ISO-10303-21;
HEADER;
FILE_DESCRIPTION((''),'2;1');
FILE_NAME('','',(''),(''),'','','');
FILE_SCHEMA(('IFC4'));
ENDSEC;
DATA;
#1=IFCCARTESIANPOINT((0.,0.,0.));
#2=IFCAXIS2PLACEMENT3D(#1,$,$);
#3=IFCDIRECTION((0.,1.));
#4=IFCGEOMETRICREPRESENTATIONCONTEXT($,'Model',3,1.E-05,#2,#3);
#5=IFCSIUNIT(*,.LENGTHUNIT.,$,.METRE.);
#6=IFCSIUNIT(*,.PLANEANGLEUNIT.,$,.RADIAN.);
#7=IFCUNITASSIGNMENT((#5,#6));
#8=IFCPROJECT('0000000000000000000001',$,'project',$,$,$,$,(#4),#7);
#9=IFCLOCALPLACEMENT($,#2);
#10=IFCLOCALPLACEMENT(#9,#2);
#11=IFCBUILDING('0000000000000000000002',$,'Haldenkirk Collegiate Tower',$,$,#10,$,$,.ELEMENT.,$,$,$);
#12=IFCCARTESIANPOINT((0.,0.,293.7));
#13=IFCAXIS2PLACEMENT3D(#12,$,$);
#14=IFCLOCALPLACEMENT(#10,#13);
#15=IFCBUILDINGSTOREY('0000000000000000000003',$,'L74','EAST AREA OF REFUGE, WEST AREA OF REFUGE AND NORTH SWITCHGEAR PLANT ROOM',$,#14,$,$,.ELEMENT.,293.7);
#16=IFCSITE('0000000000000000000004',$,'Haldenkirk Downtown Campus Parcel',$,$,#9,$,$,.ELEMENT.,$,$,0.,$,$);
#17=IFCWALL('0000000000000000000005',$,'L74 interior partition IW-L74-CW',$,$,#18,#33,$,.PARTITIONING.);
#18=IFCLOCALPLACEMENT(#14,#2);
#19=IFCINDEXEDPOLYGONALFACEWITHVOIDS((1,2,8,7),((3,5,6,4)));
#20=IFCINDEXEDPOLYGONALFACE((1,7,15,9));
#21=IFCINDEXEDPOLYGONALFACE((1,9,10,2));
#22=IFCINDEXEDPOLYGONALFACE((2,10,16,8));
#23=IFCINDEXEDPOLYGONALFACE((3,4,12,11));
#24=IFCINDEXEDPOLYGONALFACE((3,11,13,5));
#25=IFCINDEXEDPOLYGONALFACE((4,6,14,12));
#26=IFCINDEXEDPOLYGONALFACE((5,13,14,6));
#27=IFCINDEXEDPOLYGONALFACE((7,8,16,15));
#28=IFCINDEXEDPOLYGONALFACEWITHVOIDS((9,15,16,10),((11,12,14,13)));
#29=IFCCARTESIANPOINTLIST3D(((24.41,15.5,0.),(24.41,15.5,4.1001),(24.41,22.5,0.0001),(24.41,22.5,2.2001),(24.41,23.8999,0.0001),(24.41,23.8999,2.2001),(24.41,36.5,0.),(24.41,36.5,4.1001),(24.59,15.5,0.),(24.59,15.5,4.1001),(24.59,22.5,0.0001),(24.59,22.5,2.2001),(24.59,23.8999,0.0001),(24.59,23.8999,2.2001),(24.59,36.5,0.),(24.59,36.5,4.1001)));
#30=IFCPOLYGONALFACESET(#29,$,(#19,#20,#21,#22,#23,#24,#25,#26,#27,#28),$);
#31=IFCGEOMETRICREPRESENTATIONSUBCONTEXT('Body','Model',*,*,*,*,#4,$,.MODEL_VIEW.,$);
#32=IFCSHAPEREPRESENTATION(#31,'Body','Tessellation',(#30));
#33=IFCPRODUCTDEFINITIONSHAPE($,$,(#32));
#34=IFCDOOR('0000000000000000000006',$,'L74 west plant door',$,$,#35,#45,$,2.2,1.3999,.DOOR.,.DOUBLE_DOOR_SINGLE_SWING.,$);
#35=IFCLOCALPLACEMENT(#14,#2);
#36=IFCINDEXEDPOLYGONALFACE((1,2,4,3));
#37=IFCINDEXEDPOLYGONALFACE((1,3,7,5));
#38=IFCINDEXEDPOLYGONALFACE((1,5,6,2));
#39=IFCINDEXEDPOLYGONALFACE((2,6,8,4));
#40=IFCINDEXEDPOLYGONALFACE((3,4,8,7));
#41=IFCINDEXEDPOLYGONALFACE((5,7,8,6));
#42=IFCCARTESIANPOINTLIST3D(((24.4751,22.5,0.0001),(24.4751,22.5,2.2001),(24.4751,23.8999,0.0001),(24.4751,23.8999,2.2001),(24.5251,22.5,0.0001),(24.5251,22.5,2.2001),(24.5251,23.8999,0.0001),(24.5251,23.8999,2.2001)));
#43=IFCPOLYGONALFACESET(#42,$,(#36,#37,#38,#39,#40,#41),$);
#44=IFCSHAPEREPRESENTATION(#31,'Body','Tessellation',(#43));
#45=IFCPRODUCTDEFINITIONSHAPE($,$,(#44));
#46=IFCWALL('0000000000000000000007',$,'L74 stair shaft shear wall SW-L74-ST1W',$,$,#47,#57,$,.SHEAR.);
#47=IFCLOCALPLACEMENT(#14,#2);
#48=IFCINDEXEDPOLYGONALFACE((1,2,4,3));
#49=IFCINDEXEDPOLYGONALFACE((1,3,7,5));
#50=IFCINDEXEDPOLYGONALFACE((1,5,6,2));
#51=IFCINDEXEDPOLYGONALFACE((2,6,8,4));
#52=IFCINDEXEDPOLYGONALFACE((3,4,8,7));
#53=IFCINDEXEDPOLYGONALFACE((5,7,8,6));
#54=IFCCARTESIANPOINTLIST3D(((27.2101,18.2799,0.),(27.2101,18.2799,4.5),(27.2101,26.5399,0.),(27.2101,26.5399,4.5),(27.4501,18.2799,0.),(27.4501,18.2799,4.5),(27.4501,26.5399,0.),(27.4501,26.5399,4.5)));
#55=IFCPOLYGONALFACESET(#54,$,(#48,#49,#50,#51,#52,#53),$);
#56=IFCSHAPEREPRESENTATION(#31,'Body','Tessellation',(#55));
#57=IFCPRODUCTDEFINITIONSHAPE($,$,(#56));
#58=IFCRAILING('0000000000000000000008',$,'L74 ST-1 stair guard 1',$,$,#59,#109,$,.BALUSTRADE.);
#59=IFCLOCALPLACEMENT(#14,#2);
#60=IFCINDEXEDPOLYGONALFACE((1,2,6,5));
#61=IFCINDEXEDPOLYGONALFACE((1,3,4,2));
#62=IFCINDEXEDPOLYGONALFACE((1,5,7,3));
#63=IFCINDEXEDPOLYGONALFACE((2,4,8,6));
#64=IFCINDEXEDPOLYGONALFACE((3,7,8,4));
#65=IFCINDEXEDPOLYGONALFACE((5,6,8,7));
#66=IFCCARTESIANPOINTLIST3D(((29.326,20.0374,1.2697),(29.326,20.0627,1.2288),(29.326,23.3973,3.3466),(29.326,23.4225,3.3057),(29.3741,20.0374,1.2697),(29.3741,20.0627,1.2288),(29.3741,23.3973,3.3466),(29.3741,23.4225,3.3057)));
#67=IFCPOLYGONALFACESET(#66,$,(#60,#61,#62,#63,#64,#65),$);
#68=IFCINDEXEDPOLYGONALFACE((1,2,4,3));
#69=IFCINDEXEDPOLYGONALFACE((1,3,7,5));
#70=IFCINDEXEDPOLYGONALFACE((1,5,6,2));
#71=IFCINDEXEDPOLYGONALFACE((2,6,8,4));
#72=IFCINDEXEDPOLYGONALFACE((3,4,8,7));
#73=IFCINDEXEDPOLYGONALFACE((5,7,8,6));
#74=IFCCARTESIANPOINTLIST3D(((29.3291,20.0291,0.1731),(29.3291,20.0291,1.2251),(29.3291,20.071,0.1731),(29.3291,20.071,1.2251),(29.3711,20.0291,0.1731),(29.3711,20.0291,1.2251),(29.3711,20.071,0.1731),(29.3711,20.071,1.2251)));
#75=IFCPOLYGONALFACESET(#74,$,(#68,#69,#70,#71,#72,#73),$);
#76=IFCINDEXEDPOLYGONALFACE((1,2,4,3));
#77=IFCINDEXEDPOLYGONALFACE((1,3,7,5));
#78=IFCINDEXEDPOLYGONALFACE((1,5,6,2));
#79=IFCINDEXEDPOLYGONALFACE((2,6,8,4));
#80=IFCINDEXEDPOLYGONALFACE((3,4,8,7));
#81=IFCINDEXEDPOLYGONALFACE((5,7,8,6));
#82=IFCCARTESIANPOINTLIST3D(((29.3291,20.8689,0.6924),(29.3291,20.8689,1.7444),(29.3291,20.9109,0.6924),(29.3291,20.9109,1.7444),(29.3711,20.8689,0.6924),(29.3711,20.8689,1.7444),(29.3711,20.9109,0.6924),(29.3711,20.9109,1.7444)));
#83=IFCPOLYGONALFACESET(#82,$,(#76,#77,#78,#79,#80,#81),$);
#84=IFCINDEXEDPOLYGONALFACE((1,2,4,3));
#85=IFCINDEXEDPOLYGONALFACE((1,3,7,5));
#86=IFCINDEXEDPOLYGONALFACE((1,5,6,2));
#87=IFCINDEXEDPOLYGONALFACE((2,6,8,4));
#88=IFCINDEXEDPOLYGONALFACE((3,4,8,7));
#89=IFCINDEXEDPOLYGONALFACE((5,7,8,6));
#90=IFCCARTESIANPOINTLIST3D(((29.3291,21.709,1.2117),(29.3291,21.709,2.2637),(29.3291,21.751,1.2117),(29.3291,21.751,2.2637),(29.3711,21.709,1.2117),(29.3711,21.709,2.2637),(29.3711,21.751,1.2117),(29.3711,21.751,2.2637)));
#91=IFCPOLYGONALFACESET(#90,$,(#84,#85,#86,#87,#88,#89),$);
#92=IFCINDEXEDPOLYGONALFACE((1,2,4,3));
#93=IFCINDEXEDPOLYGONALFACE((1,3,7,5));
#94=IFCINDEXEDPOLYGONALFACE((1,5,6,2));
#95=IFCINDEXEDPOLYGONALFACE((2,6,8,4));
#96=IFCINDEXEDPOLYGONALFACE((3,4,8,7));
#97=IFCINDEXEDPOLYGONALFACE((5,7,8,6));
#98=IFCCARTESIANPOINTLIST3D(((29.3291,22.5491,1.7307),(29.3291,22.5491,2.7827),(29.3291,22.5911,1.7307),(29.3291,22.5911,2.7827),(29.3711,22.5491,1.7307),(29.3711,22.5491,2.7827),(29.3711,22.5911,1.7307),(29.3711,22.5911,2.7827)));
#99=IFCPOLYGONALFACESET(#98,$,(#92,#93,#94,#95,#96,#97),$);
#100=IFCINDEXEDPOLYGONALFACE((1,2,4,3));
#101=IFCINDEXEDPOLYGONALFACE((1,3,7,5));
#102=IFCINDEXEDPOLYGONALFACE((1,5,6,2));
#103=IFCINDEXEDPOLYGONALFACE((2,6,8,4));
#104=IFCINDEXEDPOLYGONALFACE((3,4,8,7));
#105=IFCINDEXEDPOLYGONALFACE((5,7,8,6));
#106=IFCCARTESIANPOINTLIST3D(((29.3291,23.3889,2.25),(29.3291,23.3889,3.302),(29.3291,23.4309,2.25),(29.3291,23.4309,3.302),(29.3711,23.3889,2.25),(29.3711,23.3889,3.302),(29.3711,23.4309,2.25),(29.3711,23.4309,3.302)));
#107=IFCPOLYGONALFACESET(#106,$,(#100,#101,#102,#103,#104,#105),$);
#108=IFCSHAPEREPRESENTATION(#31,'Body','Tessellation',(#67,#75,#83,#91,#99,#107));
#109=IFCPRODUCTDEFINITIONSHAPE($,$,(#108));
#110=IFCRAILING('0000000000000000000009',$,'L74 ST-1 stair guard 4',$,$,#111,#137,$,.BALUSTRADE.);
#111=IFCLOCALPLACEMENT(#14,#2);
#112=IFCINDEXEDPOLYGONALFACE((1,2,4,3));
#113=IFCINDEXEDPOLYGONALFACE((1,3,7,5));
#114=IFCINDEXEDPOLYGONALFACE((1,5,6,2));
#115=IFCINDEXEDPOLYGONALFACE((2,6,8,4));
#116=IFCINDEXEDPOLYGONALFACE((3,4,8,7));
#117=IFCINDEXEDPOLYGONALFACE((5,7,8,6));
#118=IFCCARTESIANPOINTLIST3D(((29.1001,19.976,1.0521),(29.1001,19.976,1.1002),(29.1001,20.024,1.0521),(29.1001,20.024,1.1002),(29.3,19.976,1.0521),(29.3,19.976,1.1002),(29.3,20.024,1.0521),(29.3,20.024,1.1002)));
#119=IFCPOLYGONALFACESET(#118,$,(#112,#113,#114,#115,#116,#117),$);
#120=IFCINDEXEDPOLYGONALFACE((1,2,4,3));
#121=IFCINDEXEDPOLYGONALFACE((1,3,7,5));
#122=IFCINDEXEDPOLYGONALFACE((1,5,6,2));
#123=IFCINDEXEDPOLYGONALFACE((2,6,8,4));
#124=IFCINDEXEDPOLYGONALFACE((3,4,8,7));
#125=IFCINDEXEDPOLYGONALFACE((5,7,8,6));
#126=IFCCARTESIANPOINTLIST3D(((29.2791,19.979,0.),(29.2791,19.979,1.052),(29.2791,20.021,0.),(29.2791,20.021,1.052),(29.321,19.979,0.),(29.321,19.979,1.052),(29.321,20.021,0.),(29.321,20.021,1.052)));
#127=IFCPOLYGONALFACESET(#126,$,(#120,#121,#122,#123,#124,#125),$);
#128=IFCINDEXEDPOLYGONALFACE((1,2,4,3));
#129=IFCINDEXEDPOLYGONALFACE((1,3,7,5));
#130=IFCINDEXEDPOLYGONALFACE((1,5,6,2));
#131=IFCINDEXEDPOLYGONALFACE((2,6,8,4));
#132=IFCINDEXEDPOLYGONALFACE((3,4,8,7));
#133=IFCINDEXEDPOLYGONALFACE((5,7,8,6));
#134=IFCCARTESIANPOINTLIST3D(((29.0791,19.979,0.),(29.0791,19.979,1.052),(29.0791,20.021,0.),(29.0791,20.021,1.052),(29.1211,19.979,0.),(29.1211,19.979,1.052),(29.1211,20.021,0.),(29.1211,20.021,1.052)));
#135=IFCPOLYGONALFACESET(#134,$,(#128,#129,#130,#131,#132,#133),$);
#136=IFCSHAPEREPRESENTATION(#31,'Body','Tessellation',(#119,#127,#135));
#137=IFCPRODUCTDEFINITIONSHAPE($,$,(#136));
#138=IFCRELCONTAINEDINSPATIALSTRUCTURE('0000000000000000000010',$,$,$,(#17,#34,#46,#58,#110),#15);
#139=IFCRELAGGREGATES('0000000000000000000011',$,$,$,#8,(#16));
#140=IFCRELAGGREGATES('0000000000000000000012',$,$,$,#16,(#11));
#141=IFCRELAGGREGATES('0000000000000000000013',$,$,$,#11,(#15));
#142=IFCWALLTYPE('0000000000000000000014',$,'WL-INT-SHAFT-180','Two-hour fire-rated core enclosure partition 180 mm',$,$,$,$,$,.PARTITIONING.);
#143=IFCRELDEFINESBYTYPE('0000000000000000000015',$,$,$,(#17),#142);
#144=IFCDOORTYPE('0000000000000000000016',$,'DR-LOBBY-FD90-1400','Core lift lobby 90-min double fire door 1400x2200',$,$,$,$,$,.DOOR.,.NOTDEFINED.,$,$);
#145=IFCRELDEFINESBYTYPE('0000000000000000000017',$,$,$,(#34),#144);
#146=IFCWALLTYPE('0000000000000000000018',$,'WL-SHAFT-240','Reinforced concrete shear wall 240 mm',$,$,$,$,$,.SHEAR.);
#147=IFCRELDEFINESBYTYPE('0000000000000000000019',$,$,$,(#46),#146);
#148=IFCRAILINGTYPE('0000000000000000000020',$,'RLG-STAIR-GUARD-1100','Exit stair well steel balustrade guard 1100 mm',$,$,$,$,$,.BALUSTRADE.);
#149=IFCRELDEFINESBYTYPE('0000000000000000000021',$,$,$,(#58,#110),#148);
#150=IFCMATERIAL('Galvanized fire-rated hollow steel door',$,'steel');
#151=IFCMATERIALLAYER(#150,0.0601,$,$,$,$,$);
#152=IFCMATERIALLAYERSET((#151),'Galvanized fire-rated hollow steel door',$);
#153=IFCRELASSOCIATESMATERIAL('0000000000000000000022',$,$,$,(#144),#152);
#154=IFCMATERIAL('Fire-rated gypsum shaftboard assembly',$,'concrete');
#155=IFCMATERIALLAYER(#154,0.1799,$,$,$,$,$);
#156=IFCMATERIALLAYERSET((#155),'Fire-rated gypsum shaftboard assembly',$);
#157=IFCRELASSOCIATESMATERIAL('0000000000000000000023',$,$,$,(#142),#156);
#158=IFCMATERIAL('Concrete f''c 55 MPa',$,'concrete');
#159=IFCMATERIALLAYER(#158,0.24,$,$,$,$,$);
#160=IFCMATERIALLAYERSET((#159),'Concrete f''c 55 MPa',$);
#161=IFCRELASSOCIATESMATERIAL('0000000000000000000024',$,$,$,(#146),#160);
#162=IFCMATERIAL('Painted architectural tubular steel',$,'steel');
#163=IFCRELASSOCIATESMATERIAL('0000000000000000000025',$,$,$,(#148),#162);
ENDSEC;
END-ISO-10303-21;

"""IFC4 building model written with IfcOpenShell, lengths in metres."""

from ifc_helpers import new_model, si_unit, direction, frame, frame_2d, origin, origin_2d, place, context, subcontext, project, spatial, rectangle, extrude, material, layer, layer_set, type_object, element, fill, save


model = new_model("IFC4")

# Units and contexts
model_context = context("Model", 3, precision=1e-05, world=origin(), true_north=direction((0.0, 1.0)))
body_context = subcontext(model_context, "Body", "Model", "MODEL_VIEW")
ifc_project = project(units=[si_unit("LENGTHUNIT", "METRE"), si_unit("PLANEANGLEUNIT", "RADIAN")], contexts=[model_context])

# Site, building, storey
site_placement = place(None, origin())
site = spatial("IfcSite", under=ifc_project, at=site_placement, Name="Haldenkirk Downtown Campus Parcel", CompositionType="ELEMENT", RefElevation=0.0)
building_placement = place(site_placement, origin())
building = spatial("IfcBuilding", under=site, at=building_placement, Name="Haldenkirk Collegiate Tower", CompositionType="ELEMENT")
storey_placement = place(building_placement, frame((0.0, 0.0, 293.7)))
storey = spatial("IfcBuildingStorey", under=building, at=storey_placement, Name="L74", Description="EAST AREA OF REFUGE, WEST AREA OF REFUGE AND NORTH SWITCHGEAR PLANT ROOM", CompositionType="ELEMENT", Elevation=293.7)

# Shared definitions
ifc_material_1 = material(Name="Concrete f'c 55 MPa", Category="concrete")
ifc_material_2 = material(Name="Galvanized fire-rated hollow steel door", Category="steel")

# Shared definitions
ifc_layer_1 = layer(ifc_material_2, 0.0601)
ifc_layer_set_1 = layer_set([ifc_layer_1], Name="Galvanized fire-rated hollow steel door")
door_type_1 = type_object("IfcDoorType", Name="DR-LOBBY-FD90-1400", Description="Core lift lobby 90-min double fire door 1400x2200", OperationType="NOTDEFINED", PredefinedType="DOOR", material=ifc_layer_set_1)

# Shared definitions
ifc_material_3 = material(Name="Fire-rated gypsum shaftboard assembly", Category="concrete")
ifc_layer_2 = layer(ifc_material_3, 0.1799)
ifc_layer_set_2 = layer_set([ifc_layer_2], Name="Fire-rated gypsum shaftboard assembly")
wall_type_1 = type_object("IfcWallType", Name="WL-INT-SHAFT-180", Description="Two-hour fire-rated core enclosure partition 180 mm", PredefinedType="PARTITIONING", material=ifc_layer_set_2)

# Wall, opening, door
wall_1_placement = place(storey_placement, frame((24.5, 15.5, 0.0), z_axis=(0.0, 0.0, 1.0), x_axis=(0.0, 1.0, 0.0)))
wall_1 = element("IfcWall", 1, at=wall_1_placement, inside=storey, type_object=wall_type_1, Name="L74 interior partition IW-L74-CW", PredefinedType="PARTITIONING", context=body_context, shape_type="SweptSolid", body=[
    extrude(rectangle(XDim=21.0, YDim=0.1799, at=frame_2d((10.5, 0.0))), origin(), (0.0, 0.0, 1.0), 4.1001),
])
opening_1_placement = place(wall_1_placement, frame((7.0, 0.0, 0.0)))
opening_1 = element("IfcOpeningElement", 2, at=opening_1_placement, cuts=wall_1, PredefinedType="OPENING", context=body_context, shape_type="SweptSolid", body=[
    extrude(rectangle(XDim=1.3999, YDim=2.2, at=frame_2d((0.7, 1.1001))), frame((0.0, 0.0999, 0.0), z_axis=(0.0, -1.0, 0.0), x_axis=(1.0, 0.0, 0.0)), (0.0, 0.0, 1.0), 0.2),
])
door_1_placement = place(opening_1_placement, origin())
door_1 = element("IfcDoor", 3, at=door_1_placement, inside=storey, type_object=door_type_1, Name="L74 west plant door", OperationType="DOUBLE_DOOR_SINGLE_SWING", OverallHeight=2.2, OverallWidth=1.3999, PredefinedType="DOOR", context=body_context, shape_type="SweptSolid", body=[
    extrude(rectangle(XDim=1.3999, YDim=2.2, at=frame_2d((0.7, 1.1001))), frame((0.0, 0.0249, 0.0), z_axis=(0.0, -1.0, 0.0), x_axis=(1.0, 0.0, 0.0)), (0.0, 0.0, 1.0), 0.05),
])
fill(opening_1, door_1)

# Wall
ifc_layer_3 = layer(ifc_material_1, 0.24)
ifc_layer_set_3 = layer_set([ifc_layer_3], Name="Concrete f'c 55 MPa")
wall_type_2 = type_object("IfcWallType", Name="WL-SHAFT-240", Description="Reinforced concrete shear wall 240 mm", PredefinedType="SHEAR", material=ifc_layer_set_3)
wall_2_placement = place(storey_placement, frame((27.3301, 18.28, 0.0), z_axis=(0.0, 0.0, 1.0), x_axis=(0.0, 1.0, 0.0)))
element("IfcWall", 4, at=wall_2_placement, inside=storey, type_object=wall_type_2, Name="L74 stair shaft shear wall SW-L74-ST1W", PredefinedType="SHEAR", context=body_context, shape_type="SweptSolid", body=[
    extrude(rectangle(XDim=8.26, YDim=0.24, at=frame_2d((4.1299, 0.0))), origin(), (0.0, 0.0, 1.0), 4.5),
])

# Railings
ifc_material_4 = material(Name="Painted architectural tubular steel", Category="steel")
railing_type = type_object("IfcRailingType", Name="RLG-STAIR-GUARD-1100", Description="Exit stair well steel balustrade guard 1100 mm", PredefinedType="BALUSTRADE", material=ifc_material_4)
railing_1_placement = place(storey_placement, frame((29.3501, 20.05, 0.1731)))
element("IfcRailing", 5, at=railing_1_placement, inside=storey, type_object=railing_type, Name="L74 ST-1 stair guard 1", PredefinedType="BALUSTRADE", context=body_context, shape_type="SweptSolid", body=[
    extrude(rectangle(XDim=0.0481, YDim=0.0481, at=origin_2d()), frame((0.0, 0.0, 1.0762), z_axis=(0.0, 0.850606, 0.525803), x_axis=(-1.0, 0.0, 0.0)), (0.0, 0.0, 1.0), 3.95),
    extrude(rectangle(XDim=0.042, YDim=0.042, at=origin_2d()), origin(), (0.0, 0.0, 1.0), 1.052),
    extrude(rectangle(XDim=0.042, YDim=0.042, at=origin_2d()), frame((0.0, 0.8398, 0.5193)), (0.0, 0.0, 1.0), 1.052),
    extrude(rectangle(XDim=0.042, YDim=0.042, at=origin_2d()), frame((0.0, 1.6799, 1.0386)), (0.0, 0.0, 1.0), 1.052),
    extrude(rectangle(XDim=0.042, YDim=0.042, at=origin_2d()), frame((0.0, 2.52, 1.5576)), (0.0, 0.0, 1.0), 1.052),
    extrude(rectangle(XDim=0.042, YDim=0.042, at=origin_2d()), frame((0.0, 3.3599, 2.0769)), (0.0, 0.0, 1.0), 1.052),
])
railing_2_placement = place(storey_placement, frame((29.3, 20.0, 0.0)))
element("IfcRailing", 6, at=railing_2_placement, inside=storey, type_object=railing_type, Name="L74 ST-1 stair guard 4", PredefinedType="BALUSTRADE", context=body_context, shape_type="SweptSolid", body=[
    extrude(rectangle(XDim=0.0481, YDim=0.0481, at=origin_2d()), frame((0.0, 0.0, 1.0762), z_axis=(-1.0, 0.0, 0.0), x_axis=(0.0, -1.0, 0.0)), (0.0, 0.0, 1.0), 0.2),
    extrude(rectangle(XDim=0.042, YDim=0.042, at=origin_2d()), origin(), (0.0, 0.0, 1.0), 1.052),
    extrude(rectangle(XDim=0.042, YDim=0.042, at=origin_2d()), frame((-0.2, 0.0, 0.0)), (0.0, 0.0, 1.0), 1.052),
])

save(model, "model.ifc")
